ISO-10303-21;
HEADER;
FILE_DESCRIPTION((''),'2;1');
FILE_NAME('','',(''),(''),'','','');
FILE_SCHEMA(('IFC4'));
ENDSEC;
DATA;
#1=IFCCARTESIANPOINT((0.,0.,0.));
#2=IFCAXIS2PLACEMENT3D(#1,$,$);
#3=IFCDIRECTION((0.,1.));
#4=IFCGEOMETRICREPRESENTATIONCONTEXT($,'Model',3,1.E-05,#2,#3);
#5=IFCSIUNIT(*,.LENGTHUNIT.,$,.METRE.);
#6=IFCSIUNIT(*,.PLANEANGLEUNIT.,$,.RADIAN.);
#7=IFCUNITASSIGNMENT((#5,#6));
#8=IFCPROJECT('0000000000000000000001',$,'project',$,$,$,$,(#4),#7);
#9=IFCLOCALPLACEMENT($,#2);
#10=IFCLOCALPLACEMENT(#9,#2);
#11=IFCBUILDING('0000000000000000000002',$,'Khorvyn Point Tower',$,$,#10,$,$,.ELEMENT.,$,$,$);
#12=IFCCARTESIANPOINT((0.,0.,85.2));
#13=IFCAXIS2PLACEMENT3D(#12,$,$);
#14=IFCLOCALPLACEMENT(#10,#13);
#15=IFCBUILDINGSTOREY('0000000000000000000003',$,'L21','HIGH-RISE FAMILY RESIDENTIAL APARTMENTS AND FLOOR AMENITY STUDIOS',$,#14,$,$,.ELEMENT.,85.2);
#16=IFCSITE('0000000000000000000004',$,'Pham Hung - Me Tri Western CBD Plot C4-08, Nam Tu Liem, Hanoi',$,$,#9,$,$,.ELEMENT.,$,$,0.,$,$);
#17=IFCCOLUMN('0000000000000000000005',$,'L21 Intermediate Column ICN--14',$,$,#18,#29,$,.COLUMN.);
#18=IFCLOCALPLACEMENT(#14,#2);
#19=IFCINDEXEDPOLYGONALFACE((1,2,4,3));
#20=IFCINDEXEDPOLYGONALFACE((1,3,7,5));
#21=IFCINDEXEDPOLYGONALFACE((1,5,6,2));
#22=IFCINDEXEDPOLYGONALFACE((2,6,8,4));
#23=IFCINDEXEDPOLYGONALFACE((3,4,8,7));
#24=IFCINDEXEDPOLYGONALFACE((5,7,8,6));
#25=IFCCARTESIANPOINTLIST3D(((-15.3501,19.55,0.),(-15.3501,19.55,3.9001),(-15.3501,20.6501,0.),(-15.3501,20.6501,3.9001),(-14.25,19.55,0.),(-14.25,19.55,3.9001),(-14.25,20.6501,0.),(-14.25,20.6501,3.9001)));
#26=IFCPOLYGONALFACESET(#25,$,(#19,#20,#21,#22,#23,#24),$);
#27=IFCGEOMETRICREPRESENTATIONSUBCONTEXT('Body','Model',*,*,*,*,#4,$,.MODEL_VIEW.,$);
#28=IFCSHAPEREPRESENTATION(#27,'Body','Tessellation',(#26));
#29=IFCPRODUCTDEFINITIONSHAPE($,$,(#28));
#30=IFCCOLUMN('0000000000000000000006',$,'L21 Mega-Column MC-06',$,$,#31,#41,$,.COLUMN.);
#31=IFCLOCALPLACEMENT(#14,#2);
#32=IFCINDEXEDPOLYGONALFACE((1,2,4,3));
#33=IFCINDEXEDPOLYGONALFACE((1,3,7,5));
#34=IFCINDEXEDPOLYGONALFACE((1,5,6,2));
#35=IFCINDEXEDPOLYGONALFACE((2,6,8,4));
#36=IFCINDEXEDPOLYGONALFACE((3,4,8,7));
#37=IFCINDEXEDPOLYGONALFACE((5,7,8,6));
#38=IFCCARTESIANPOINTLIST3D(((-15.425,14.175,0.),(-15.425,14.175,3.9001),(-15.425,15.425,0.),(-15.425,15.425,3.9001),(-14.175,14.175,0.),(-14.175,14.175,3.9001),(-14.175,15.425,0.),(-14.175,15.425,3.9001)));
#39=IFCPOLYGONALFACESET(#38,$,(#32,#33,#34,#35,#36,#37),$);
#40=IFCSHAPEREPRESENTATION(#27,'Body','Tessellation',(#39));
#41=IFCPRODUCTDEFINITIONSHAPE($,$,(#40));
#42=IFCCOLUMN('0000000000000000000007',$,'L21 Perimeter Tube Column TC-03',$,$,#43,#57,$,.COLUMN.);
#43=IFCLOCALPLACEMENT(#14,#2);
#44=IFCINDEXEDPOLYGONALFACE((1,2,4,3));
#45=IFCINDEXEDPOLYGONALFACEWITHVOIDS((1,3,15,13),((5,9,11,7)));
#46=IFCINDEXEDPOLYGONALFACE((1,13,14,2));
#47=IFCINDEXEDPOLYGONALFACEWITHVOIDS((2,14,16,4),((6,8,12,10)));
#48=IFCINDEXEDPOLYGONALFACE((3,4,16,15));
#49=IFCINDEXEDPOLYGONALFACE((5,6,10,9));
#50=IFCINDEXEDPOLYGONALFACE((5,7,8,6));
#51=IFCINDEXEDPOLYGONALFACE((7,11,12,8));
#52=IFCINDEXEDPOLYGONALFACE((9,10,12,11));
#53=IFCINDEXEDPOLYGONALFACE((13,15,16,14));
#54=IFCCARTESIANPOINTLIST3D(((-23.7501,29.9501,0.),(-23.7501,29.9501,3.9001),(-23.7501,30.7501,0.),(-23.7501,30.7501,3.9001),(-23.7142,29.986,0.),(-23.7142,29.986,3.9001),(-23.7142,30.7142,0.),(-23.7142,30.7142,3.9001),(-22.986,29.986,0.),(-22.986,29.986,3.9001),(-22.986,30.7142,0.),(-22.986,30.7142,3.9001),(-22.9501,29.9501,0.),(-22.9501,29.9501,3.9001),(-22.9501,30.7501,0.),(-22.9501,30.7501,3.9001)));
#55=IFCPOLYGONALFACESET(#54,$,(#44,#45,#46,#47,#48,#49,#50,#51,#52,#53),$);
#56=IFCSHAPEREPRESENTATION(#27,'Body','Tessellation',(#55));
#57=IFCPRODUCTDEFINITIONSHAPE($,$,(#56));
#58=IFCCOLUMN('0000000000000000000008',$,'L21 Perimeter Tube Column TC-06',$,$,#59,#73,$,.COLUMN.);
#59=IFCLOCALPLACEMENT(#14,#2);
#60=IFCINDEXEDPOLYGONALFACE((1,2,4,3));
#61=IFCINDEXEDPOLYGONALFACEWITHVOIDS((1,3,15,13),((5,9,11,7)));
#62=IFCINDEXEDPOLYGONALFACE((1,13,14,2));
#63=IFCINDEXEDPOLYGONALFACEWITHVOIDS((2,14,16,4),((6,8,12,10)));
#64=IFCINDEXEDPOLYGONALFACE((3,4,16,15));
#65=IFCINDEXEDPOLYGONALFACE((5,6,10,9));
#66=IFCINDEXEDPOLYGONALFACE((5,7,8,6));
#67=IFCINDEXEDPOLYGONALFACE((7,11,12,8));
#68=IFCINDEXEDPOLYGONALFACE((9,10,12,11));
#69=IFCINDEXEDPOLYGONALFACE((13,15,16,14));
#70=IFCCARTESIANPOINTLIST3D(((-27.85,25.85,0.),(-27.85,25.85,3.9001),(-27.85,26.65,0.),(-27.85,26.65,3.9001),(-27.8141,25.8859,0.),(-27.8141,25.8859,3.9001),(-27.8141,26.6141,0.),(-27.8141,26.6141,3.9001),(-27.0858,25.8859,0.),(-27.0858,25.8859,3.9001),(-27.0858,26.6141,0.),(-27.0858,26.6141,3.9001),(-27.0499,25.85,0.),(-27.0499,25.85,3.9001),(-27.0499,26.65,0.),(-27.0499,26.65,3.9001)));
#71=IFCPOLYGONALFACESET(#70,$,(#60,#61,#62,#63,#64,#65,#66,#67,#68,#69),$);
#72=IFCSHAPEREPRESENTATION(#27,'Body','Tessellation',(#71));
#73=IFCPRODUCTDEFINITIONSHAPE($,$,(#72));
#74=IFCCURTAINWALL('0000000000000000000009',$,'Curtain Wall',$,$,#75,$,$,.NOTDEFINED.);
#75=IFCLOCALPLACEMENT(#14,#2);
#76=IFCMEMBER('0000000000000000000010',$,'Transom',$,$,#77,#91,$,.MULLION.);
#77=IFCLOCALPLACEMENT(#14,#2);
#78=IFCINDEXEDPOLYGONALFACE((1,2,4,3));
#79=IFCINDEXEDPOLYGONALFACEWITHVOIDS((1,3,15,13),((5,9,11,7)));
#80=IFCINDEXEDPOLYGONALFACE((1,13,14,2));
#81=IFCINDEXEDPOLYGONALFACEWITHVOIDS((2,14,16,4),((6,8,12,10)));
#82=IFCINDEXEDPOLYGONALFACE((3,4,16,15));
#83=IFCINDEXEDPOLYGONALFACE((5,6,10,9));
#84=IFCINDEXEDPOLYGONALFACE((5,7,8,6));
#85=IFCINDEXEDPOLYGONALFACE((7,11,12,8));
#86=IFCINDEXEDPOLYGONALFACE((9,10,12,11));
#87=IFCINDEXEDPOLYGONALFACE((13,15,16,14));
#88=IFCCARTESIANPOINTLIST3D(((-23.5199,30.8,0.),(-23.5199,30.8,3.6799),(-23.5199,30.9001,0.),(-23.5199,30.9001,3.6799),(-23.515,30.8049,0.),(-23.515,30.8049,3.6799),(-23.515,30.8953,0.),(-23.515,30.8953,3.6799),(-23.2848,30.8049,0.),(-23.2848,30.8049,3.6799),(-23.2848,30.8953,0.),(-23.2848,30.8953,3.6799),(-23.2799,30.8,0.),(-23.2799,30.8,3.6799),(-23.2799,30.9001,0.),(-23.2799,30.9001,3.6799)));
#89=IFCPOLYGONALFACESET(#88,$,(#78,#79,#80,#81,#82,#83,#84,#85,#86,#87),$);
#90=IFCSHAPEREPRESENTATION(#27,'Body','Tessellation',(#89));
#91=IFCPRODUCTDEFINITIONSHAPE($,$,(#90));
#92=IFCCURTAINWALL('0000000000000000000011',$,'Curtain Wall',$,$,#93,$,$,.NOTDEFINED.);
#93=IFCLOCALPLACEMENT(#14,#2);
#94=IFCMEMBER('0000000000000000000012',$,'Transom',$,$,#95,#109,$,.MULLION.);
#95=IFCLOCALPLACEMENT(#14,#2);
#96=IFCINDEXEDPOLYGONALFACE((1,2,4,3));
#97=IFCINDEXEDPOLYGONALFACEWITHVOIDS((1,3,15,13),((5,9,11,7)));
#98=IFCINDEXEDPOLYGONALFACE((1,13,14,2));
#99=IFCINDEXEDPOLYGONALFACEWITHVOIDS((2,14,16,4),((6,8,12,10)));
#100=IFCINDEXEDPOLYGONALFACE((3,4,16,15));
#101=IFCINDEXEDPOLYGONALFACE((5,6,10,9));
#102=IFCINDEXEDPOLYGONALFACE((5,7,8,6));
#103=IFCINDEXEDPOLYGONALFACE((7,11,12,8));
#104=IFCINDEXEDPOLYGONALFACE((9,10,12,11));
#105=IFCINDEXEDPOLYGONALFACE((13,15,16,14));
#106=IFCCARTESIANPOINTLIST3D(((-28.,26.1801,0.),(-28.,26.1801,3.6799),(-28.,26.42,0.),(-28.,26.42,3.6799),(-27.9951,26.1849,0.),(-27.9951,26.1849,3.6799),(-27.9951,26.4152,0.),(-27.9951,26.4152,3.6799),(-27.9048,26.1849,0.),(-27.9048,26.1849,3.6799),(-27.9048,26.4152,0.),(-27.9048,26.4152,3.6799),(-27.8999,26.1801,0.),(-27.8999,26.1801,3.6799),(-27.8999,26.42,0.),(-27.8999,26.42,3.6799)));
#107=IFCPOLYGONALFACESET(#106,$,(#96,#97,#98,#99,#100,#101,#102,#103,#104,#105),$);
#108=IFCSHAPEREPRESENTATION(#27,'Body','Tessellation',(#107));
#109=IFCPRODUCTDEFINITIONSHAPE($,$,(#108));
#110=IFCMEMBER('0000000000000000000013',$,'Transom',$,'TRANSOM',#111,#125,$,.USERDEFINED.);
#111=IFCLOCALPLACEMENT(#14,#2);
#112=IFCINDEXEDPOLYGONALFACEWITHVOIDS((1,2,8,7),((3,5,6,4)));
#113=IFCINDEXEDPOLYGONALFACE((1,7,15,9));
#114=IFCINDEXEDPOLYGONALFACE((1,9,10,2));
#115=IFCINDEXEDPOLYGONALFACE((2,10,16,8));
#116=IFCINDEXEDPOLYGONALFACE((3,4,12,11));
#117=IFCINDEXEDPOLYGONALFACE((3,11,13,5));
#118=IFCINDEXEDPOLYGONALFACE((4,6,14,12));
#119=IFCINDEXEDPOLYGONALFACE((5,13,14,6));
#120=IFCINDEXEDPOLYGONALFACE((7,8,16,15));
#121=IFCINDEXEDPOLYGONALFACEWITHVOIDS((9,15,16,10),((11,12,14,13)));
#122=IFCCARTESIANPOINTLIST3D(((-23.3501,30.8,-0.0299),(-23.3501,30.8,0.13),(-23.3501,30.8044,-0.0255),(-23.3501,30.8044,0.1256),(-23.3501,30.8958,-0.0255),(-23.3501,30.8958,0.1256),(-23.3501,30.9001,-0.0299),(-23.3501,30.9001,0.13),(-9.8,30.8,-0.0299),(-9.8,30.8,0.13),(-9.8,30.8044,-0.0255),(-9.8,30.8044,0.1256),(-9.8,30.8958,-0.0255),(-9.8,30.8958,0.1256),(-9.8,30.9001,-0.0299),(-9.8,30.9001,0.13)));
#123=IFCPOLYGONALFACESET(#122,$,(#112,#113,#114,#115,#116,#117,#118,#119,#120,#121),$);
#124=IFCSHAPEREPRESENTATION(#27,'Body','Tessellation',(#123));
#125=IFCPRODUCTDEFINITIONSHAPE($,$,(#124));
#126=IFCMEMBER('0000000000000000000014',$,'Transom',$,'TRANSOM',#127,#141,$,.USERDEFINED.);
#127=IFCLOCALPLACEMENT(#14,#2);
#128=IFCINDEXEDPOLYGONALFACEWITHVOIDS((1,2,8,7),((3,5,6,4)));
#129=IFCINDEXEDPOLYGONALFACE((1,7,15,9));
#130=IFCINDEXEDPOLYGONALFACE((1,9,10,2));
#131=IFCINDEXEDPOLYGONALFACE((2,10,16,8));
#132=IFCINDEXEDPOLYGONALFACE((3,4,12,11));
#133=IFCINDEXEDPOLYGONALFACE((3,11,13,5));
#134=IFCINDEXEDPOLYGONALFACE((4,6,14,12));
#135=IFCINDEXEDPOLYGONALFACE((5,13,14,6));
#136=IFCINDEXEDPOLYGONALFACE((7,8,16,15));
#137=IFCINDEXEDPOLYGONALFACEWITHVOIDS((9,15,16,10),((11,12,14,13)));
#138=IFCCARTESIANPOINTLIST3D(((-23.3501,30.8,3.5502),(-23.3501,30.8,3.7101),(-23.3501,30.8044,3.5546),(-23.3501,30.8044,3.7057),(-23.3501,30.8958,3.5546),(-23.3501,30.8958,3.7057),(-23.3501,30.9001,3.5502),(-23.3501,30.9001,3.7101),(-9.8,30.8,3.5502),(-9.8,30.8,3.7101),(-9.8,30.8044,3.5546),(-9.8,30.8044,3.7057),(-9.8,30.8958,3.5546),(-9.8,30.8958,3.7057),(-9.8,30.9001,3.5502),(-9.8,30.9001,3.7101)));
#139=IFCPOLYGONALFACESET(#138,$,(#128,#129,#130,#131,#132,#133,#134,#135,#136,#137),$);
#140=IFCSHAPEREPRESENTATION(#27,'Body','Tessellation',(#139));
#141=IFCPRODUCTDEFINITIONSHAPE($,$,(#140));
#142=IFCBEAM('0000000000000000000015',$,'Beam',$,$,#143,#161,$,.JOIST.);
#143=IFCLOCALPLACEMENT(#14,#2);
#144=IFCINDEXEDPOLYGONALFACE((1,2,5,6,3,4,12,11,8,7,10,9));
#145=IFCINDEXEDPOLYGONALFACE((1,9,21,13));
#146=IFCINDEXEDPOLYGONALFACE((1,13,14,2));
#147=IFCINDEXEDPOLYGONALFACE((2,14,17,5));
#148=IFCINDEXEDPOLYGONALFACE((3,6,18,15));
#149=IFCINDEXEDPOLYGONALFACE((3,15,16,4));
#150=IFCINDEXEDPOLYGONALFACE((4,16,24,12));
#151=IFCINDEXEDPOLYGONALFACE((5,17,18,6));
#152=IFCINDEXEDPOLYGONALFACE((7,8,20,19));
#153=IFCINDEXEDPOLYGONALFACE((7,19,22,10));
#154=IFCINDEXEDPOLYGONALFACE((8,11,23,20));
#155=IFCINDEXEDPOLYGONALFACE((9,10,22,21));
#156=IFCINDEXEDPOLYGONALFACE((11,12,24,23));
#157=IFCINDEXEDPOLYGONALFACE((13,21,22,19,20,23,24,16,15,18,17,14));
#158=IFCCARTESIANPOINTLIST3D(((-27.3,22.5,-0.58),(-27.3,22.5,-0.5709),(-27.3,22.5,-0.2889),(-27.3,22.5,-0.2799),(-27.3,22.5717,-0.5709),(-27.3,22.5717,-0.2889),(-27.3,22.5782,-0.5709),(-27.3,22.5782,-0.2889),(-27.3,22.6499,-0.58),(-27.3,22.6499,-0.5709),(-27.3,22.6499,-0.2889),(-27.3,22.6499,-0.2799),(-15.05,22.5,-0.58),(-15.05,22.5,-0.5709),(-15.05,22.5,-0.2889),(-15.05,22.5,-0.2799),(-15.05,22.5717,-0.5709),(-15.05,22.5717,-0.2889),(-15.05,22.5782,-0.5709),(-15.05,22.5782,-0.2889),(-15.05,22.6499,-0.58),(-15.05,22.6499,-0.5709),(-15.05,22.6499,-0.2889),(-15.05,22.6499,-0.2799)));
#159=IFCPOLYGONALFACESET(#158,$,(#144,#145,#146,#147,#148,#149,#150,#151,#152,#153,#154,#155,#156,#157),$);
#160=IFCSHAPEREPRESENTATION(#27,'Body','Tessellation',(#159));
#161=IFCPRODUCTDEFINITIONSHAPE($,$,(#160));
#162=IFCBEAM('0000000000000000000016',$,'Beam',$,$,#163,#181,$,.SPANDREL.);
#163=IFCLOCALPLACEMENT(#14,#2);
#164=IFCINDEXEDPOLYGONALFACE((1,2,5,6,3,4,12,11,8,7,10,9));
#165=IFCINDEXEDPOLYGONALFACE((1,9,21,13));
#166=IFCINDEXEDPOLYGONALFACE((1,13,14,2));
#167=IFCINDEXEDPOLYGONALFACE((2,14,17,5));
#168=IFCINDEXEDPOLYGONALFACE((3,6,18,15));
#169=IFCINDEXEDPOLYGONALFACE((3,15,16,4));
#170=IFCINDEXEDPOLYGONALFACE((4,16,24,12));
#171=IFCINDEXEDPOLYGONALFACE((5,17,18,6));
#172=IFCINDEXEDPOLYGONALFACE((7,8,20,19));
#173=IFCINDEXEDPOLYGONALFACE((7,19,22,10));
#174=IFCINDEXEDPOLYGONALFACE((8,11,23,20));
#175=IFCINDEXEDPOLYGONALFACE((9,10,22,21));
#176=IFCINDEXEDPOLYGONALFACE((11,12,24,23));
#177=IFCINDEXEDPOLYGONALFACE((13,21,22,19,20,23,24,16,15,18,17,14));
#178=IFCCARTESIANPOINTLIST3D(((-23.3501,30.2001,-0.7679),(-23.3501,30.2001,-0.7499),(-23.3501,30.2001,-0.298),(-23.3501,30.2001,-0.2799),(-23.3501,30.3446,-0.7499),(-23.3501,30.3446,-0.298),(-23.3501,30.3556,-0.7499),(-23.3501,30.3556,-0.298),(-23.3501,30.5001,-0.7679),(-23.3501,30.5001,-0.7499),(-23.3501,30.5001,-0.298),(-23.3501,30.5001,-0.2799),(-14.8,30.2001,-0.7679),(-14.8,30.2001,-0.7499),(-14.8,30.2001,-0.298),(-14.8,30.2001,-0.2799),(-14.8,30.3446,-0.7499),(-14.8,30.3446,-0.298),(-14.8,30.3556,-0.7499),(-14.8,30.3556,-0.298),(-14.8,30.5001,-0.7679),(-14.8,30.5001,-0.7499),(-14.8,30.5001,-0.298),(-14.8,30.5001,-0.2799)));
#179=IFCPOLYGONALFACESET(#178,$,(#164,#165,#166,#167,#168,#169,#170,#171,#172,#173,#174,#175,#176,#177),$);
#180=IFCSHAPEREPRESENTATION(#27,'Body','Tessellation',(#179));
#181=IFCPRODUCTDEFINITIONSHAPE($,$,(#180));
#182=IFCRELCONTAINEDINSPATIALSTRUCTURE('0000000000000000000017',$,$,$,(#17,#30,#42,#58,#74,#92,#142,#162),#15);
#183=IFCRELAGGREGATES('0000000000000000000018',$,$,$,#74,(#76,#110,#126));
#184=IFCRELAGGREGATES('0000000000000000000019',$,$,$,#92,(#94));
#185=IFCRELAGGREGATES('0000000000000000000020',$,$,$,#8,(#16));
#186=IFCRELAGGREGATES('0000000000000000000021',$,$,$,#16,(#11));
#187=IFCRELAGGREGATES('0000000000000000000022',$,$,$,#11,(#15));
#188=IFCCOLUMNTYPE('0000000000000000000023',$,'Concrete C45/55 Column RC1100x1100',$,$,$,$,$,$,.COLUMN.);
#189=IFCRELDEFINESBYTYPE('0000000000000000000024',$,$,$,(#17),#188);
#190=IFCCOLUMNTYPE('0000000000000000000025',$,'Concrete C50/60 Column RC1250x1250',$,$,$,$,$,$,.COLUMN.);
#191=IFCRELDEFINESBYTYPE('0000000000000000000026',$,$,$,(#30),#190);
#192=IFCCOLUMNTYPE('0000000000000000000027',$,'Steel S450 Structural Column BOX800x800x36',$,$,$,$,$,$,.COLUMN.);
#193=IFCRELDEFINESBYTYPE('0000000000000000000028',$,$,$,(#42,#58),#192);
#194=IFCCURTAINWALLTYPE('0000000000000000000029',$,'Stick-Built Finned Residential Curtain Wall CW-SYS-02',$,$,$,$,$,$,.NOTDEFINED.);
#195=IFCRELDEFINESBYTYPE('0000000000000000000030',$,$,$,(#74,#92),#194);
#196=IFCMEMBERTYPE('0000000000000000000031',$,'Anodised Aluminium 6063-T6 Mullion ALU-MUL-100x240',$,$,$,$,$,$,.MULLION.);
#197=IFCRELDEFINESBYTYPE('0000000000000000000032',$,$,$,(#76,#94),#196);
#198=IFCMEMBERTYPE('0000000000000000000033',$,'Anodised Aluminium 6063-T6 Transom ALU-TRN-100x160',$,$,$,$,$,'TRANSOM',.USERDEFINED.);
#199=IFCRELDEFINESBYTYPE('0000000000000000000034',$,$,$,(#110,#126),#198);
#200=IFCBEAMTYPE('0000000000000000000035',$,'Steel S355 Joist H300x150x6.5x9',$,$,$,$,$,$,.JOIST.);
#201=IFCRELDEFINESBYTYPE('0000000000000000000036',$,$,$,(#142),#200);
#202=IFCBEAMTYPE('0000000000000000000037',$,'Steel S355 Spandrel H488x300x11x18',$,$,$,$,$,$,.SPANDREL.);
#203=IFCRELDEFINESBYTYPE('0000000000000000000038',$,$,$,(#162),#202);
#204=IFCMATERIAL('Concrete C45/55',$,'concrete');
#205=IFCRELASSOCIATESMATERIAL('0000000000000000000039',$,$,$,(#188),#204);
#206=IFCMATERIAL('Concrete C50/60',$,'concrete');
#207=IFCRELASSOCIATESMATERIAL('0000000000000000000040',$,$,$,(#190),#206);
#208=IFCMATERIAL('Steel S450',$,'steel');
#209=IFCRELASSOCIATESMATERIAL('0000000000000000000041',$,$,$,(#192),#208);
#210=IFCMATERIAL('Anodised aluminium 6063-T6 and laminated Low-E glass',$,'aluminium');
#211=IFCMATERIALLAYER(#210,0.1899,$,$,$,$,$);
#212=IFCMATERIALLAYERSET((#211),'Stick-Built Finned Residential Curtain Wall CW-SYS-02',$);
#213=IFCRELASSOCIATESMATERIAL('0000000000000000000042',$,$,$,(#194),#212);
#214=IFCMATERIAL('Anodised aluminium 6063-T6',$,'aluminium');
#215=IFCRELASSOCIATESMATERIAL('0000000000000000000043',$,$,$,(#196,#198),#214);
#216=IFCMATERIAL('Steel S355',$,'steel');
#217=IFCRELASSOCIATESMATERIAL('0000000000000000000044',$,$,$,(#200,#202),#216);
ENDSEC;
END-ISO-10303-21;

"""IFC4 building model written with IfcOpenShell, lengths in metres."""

from ifc_helpers import new_model, si_unit, direction, frame, origin, origin_2d, place, context, subcontext, project, spatial, rectangle, hollow_rectangle, i_section, extrude, material, layer, layer_set, material_profile, profile_set, type_object, element, aggregate, save


model = new_model("IFC4")

# Units and contexts
model_context = context("Model", 3, precision=1e-05, world=origin(), true_north=direction((0.0, 1.0)))
body_context = subcontext(model_context, "Body", "Model", "MODEL_VIEW")
ifc_project = project(units=[si_unit("LENGTHUNIT", "METRE"), si_unit("PLANEANGLEUNIT", "RADIAN")], contexts=[model_context])

# Site, building, storey
site_placement = place(None, origin())
site = spatial("IfcSite", under=ifc_project, at=site_placement, Name="Pham Hung - Me Tri Western CBD Plot C4-08, Nam Tu Liem, Hanoi", CompositionType="ELEMENT", RefElevation=0.0)
building_placement = place(site_placement, origin())
building = spatial("IfcBuilding", under=site, at=building_placement, Name="Khorvyn Point Tower", CompositionType="ELEMENT")
storey_placement = place(building_placement, frame((0.0, 0.0, 85.2)))
storey = spatial("IfcBuildingStorey", under=building, at=storey_placement, Name="L21", Description="HIGH-RISE FAMILY RESIDENTIAL APARTMENTS AND FLOOR AMENITY STUDIOS", CompositionType="ELEMENT", Elevation=85.2)

# Columns
ifc_material_1 = material(Name="Concrete C45/55", Category="concrete")
ifc_material_profile_1 = material_profile(ifc_material_1, rectangle(XDim=1.1001, YDim=1.1001, at=origin_2d()))
ifc_profile_set_1 = profile_set([ifc_material_profile_1], Name="Concrete C45/55 RC1100x1100")
column_type_1 = type_object("IfcColumnType", Name="Concrete C45/55 Column RC1100x1100", PredefinedType="COLUMN", material=ifc_profile_set_1)
column_1_placement = place(storey_placement, frame((-14.8, 20.1001, 0.0), z_axis=(0.0, 0.0, 1.0), x_axis=(1.0, 0.0, 0.0)))
element("IfcColumn", 1, at=column_1_placement, inside=storey, type_object=column_type_1, Name="L21 Intermediate Column ICN--14", PredefinedType="COLUMN", context=body_context, shape_type="SweptSolid", body=[
    extrude(rectangle(XDim=1.1001, YDim=1.1001, at=origin_2d()), origin(), (0.0, 0.0, 1.0), 3.9001),
])
ifc_material_2 = material(Name="Concrete C50/60", Category="concrete")
ifc_material_profile_2 = material_profile(ifc_material_2, rectangle(XDim=1.25, YDim=1.25, at=origin_2d()))
ifc_profile_set_2 = profile_set([ifc_material_profile_2], Name="Concrete C50/60 RC1250x1250")
column_type_2 = type_object("IfcColumnType", Name="Concrete C50/60 Column RC1250x1250", PredefinedType="COLUMN", material=ifc_profile_set_2)
column_2_placement = place(storey_placement, frame((-14.8, 14.8, 0.0), z_axis=(0.0, 0.0, 1.0), x_axis=(1.0, 0.0, 0.0)))
element("IfcColumn", 2, at=column_2_placement, inside=storey, type_object=column_type_2, Name="L21 Mega-Column MC-06", PredefinedType="COLUMN", context=body_context, shape_type="SweptSolid", body=[
    extrude(rectangle(XDim=1.25, YDim=1.25, at=origin_2d()), origin(), (0.0, 0.0, 1.0), 3.9001),
])
ifc_material_3 = material(Name="Steel S450", Category="steel")
ifc_material_profile_3 = material_profile(ifc_material_3, hollow_rectangle(XDim=0.8, YDim=0.8, WallThickness=0.0359, at=origin_2d()))
ifc_profile_set_3 = profile_set([ifc_material_profile_3], Name="Steel S450 BOX800x800x36")
column_type_3 = type_object("IfcColumnType", Name="Steel S450 Structural Column BOX800x800x36", PredefinedType="COLUMN", material=ifc_profile_set_3)
for number, where, z_axis, x_axis, name in (
    (3, (-23.3501, 30.3501, 0.0), (0.0, 0.0, 1.0), (1.0, 0.0, 0.0), "L21 Perimeter Tube Column TC-03"),
    (4, (-27.45, 26.25, 0.0), (0.0, 0.0, 1.0), (1.0, 0.0, 0.0), "L21 Perimeter Tube Column TC-06"),
):
    element("IfcColumn", number, at=place(storey_placement, frame(where, z_axis=z_axis, x_axis=x_axis)), inside=storey, type_object=column_type_3, Name=name, PredefinedType="COLUMN", context=body_context, shape_type="SweptSolid", body=[
        extrude(hollow_rectangle(XDim=0.8, YDim=0.8, WallThickness=0.0359, at=origin_2d()), origin(), (0.0, 0.0, 1.0), 3.9001),
    ])

# Curtain walls, members
ifc_material_4 = material(Name="Anodised aluminium 6063-T6 and laminated Low-E glass", Category="aluminium")
ifc_layer_1 = layer(ifc_material_4, 0.1899)
ifc_layer_set_1 = layer_set([ifc_layer_1], Name="Stick-Built Finned Residential Curtain Wall CW-SYS-02")
curtain_wall_type = type_object("IfcCurtainWallType", Name="Stick-Built Finned Residential Curtain Wall CW-SYS-02", PredefinedType="NOTDEFINED", material=ifc_layer_set_1)
curtain_wall_1_placement = place(storey_placement, origin())
curtain_wall_1 = element("IfcCurtainWall", 5, at=curtain_wall_1_placement, inside=storey, type_object=curtain_wall_type, Name="Curtain Wall", PredefinedType="NOTDEFINED")
ifc_material_5 = material(Name="Anodised aluminium 6063-T6", Category="aluminium")
ifc_material_profile_4 = material_profile(ifc_material_5, hollow_rectangle(XDim=0.1001, YDim=0.24, WallThickness=0.0049, at=origin_2d()))
ifc_profile_set_4 = profile_set([ifc_material_profile_4], Name="Anodised aluminium 6063-T6 ALU-MUL-100x240")
member_type_1 = type_object("IfcMemberType", Name="Anodised Aluminium 6063-T6 Mullion ALU-MUL-100x240", PredefinedType="MULLION", material=ifc_profile_set_4)
member_1_placement = place(storey_placement, frame((-23.3999, 30.8501, 0.0), z_axis=(0.0, 0.0, 1.0), x_axis=(0.0, 1.0, 0.0)))
member_1 = element("IfcMember", 6, at=member_1_placement, type_object=member_type_1, Name="Transom", PredefinedType="MULLION", context=body_context, shape_type="SweptSolid", body=[
    extrude(hollow_rectangle(XDim=0.1001, YDim=0.24, WallThickness=0.0049, at=origin_2d()), origin(), (0.0, 0.0, 1.0), 3.6799),
])
curtain_wall_2_placement = place(storey_placement, origin())
curtain_wall_2 = element("IfcCurtainWall", 7, at=curtain_wall_2_placement, inside=storey, type_object=curtain_wall_type, Name="Curtain Wall", PredefinedType="NOTDEFINED")
member_2_placement = place(storey_placement, frame((-27.95, 26.3, 0.0), z_axis=(0.0, 0.0, 1.0), x_axis=(-1.0, 0.0, 0.0)))
member_2 = element("IfcMember", 8, at=member_2_placement, type_object=member_type_1, Name="Transom", PredefinedType="MULLION", context=body_context, shape_type="SweptSolid", body=[
    extrude(hollow_rectangle(XDim=0.1001, YDim=0.24, WallThickness=0.0049, at=origin_2d()), origin(), (0.0, 0.0, 1.0), 3.6799),
])

# Members
ifc_material_profile_5 = material_profile(ifc_material_5, hollow_rectangle(XDim=0.1001, YDim=0.1599, WallThickness=0.0044, at=origin_2d()))
ifc_profile_set_5 = profile_set([ifc_material_profile_5], Name="Anodised aluminium 6063-T6 ALU-TRN-100x160")
member_type_2 = type_object("IfcMemberType", Name="Anodised Aluminium 6063-T6 Transom ALU-TRN-100x160", ElementType="TRANSOM", PredefinedType="USERDEFINED", material=ifc_profile_set_5)
member_3_placement = place(storey_placement, frame((-23.3501, 30.8501, 0.05), z_axis=(1.0, 0.0, 0.0), x_axis=(0.0, 1.0, 0.0)))
member_3 = element("IfcMember", 9, at=member_3_placement, type_object=member_type_2, Name="Transom", ObjectType="TRANSOM", PredefinedType="USERDEFINED", context=body_context, shape_type="SweptSolid", body=[
    extrude(hollow_rectangle(XDim=0.1001, YDim=0.1599, WallThickness=0.0044, at=origin_2d()), origin(), (0.0, 0.0, 1.0), 13.55),
])
member_4_placement = place(storey_placement, frame((-23.3501, 30.8501, 3.6301), z_axis=(1.0, 0.0, 0.0), x_axis=(0.0, 1.0, 0.0)))
member_4 = element("IfcMember", 10, at=member_4_placement, type_object=member_type_2, Name="Transom", ObjectType="TRANSOM", PredefinedType="USERDEFINED", context=body_context, shape_type="SweptSolid", body=[
    extrude(hollow_rectangle(XDim=0.1001, YDim=0.1599, WallThickness=0.0044, at=origin_2d()), origin(), (0.0, 0.0, 1.0), 13.55),
])

# Beams
ifc_material_6 = material(Name="Steel S355", Category="steel")
ifc_material_profile_6 = material_profile(ifc_material_6, i_section(OverallWidth=0.1499, OverallDepth=0.3, WebThickness=0.0066, FlangeThickness=0.009, at=origin_2d()))
ifc_profile_set_6 = profile_set([ifc_material_profile_6], Name="Steel S355 H300x150x6.5x9")
beam_type_1 = type_object("IfcBeamType", Name="Steel S355 Joist H300x150x6.5x9", PredefinedType="JOIST", material=ifc_profile_set_6)
beam_1_placement = place(storey_placement, frame((-27.3, 22.575, -0.4299), z_axis=(1.0, 0.0, 0.0), x_axis=(0.0, 1.0, 0.0)))
element("IfcBeam", 11, at=beam_1_placement, inside=storey, type_object=beam_type_1, Name="Beam", PredefinedType="JOIST", context=body_context, shape_type="SweptSolid", body=[
    extrude(i_section(OverallWidth=0.1499, OverallDepth=0.3, WebThickness=0.0066, FlangeThickness=0.009, at=origin_2d()), origin(), (0.0, 0.0, 1.0), 12.25),
])
ifc_material_profile_7 = material_profile(ifc_material_6, i_section(OverallWidth=0.3, OverallDepth=0.488, WebThickness=0.011, FlangeThickness=0.0181, at=origin_2d()))
ifc_profile_set_7 = profile_set([ifc_material_profile_7], Name="Steel S355 H488x300x11x18")
beam_type_2 = type_object("IfcBeamType", Name="Steel S355 Spandrel H488x300x11x18", PredefinedType="SPANDREL", material=ifc_profile_set_7)
beam_2_placement = place(storey_placement, frame((-23.3501, 30.3501, -0.5239), z_axis=(1.0, 0.0, 0.0), x_axis=(0.0, 1.0, 0.0)))
element("IfcBeam", 12, at=beam_2_placement, inside=storey, type_object=beam_type_2, Name="Beam", PredefinedType="SPANDREL", context=body_context, shape_type="SweptSolid", body=[
    extrude(i_section(OverallWidth=0.3, OverallDepth=0.488, WebThickness=0.011, FlangeThickness=0.0181, at=origin_2d()), origin(), (0.0, 0.0, 1.0), 8.55),
])

aggregate(curtain_wall_1, [member_1, member_3, member_4])
aggregate(curtain_wall_2, [member_2])

save(model, "model.ifc")
